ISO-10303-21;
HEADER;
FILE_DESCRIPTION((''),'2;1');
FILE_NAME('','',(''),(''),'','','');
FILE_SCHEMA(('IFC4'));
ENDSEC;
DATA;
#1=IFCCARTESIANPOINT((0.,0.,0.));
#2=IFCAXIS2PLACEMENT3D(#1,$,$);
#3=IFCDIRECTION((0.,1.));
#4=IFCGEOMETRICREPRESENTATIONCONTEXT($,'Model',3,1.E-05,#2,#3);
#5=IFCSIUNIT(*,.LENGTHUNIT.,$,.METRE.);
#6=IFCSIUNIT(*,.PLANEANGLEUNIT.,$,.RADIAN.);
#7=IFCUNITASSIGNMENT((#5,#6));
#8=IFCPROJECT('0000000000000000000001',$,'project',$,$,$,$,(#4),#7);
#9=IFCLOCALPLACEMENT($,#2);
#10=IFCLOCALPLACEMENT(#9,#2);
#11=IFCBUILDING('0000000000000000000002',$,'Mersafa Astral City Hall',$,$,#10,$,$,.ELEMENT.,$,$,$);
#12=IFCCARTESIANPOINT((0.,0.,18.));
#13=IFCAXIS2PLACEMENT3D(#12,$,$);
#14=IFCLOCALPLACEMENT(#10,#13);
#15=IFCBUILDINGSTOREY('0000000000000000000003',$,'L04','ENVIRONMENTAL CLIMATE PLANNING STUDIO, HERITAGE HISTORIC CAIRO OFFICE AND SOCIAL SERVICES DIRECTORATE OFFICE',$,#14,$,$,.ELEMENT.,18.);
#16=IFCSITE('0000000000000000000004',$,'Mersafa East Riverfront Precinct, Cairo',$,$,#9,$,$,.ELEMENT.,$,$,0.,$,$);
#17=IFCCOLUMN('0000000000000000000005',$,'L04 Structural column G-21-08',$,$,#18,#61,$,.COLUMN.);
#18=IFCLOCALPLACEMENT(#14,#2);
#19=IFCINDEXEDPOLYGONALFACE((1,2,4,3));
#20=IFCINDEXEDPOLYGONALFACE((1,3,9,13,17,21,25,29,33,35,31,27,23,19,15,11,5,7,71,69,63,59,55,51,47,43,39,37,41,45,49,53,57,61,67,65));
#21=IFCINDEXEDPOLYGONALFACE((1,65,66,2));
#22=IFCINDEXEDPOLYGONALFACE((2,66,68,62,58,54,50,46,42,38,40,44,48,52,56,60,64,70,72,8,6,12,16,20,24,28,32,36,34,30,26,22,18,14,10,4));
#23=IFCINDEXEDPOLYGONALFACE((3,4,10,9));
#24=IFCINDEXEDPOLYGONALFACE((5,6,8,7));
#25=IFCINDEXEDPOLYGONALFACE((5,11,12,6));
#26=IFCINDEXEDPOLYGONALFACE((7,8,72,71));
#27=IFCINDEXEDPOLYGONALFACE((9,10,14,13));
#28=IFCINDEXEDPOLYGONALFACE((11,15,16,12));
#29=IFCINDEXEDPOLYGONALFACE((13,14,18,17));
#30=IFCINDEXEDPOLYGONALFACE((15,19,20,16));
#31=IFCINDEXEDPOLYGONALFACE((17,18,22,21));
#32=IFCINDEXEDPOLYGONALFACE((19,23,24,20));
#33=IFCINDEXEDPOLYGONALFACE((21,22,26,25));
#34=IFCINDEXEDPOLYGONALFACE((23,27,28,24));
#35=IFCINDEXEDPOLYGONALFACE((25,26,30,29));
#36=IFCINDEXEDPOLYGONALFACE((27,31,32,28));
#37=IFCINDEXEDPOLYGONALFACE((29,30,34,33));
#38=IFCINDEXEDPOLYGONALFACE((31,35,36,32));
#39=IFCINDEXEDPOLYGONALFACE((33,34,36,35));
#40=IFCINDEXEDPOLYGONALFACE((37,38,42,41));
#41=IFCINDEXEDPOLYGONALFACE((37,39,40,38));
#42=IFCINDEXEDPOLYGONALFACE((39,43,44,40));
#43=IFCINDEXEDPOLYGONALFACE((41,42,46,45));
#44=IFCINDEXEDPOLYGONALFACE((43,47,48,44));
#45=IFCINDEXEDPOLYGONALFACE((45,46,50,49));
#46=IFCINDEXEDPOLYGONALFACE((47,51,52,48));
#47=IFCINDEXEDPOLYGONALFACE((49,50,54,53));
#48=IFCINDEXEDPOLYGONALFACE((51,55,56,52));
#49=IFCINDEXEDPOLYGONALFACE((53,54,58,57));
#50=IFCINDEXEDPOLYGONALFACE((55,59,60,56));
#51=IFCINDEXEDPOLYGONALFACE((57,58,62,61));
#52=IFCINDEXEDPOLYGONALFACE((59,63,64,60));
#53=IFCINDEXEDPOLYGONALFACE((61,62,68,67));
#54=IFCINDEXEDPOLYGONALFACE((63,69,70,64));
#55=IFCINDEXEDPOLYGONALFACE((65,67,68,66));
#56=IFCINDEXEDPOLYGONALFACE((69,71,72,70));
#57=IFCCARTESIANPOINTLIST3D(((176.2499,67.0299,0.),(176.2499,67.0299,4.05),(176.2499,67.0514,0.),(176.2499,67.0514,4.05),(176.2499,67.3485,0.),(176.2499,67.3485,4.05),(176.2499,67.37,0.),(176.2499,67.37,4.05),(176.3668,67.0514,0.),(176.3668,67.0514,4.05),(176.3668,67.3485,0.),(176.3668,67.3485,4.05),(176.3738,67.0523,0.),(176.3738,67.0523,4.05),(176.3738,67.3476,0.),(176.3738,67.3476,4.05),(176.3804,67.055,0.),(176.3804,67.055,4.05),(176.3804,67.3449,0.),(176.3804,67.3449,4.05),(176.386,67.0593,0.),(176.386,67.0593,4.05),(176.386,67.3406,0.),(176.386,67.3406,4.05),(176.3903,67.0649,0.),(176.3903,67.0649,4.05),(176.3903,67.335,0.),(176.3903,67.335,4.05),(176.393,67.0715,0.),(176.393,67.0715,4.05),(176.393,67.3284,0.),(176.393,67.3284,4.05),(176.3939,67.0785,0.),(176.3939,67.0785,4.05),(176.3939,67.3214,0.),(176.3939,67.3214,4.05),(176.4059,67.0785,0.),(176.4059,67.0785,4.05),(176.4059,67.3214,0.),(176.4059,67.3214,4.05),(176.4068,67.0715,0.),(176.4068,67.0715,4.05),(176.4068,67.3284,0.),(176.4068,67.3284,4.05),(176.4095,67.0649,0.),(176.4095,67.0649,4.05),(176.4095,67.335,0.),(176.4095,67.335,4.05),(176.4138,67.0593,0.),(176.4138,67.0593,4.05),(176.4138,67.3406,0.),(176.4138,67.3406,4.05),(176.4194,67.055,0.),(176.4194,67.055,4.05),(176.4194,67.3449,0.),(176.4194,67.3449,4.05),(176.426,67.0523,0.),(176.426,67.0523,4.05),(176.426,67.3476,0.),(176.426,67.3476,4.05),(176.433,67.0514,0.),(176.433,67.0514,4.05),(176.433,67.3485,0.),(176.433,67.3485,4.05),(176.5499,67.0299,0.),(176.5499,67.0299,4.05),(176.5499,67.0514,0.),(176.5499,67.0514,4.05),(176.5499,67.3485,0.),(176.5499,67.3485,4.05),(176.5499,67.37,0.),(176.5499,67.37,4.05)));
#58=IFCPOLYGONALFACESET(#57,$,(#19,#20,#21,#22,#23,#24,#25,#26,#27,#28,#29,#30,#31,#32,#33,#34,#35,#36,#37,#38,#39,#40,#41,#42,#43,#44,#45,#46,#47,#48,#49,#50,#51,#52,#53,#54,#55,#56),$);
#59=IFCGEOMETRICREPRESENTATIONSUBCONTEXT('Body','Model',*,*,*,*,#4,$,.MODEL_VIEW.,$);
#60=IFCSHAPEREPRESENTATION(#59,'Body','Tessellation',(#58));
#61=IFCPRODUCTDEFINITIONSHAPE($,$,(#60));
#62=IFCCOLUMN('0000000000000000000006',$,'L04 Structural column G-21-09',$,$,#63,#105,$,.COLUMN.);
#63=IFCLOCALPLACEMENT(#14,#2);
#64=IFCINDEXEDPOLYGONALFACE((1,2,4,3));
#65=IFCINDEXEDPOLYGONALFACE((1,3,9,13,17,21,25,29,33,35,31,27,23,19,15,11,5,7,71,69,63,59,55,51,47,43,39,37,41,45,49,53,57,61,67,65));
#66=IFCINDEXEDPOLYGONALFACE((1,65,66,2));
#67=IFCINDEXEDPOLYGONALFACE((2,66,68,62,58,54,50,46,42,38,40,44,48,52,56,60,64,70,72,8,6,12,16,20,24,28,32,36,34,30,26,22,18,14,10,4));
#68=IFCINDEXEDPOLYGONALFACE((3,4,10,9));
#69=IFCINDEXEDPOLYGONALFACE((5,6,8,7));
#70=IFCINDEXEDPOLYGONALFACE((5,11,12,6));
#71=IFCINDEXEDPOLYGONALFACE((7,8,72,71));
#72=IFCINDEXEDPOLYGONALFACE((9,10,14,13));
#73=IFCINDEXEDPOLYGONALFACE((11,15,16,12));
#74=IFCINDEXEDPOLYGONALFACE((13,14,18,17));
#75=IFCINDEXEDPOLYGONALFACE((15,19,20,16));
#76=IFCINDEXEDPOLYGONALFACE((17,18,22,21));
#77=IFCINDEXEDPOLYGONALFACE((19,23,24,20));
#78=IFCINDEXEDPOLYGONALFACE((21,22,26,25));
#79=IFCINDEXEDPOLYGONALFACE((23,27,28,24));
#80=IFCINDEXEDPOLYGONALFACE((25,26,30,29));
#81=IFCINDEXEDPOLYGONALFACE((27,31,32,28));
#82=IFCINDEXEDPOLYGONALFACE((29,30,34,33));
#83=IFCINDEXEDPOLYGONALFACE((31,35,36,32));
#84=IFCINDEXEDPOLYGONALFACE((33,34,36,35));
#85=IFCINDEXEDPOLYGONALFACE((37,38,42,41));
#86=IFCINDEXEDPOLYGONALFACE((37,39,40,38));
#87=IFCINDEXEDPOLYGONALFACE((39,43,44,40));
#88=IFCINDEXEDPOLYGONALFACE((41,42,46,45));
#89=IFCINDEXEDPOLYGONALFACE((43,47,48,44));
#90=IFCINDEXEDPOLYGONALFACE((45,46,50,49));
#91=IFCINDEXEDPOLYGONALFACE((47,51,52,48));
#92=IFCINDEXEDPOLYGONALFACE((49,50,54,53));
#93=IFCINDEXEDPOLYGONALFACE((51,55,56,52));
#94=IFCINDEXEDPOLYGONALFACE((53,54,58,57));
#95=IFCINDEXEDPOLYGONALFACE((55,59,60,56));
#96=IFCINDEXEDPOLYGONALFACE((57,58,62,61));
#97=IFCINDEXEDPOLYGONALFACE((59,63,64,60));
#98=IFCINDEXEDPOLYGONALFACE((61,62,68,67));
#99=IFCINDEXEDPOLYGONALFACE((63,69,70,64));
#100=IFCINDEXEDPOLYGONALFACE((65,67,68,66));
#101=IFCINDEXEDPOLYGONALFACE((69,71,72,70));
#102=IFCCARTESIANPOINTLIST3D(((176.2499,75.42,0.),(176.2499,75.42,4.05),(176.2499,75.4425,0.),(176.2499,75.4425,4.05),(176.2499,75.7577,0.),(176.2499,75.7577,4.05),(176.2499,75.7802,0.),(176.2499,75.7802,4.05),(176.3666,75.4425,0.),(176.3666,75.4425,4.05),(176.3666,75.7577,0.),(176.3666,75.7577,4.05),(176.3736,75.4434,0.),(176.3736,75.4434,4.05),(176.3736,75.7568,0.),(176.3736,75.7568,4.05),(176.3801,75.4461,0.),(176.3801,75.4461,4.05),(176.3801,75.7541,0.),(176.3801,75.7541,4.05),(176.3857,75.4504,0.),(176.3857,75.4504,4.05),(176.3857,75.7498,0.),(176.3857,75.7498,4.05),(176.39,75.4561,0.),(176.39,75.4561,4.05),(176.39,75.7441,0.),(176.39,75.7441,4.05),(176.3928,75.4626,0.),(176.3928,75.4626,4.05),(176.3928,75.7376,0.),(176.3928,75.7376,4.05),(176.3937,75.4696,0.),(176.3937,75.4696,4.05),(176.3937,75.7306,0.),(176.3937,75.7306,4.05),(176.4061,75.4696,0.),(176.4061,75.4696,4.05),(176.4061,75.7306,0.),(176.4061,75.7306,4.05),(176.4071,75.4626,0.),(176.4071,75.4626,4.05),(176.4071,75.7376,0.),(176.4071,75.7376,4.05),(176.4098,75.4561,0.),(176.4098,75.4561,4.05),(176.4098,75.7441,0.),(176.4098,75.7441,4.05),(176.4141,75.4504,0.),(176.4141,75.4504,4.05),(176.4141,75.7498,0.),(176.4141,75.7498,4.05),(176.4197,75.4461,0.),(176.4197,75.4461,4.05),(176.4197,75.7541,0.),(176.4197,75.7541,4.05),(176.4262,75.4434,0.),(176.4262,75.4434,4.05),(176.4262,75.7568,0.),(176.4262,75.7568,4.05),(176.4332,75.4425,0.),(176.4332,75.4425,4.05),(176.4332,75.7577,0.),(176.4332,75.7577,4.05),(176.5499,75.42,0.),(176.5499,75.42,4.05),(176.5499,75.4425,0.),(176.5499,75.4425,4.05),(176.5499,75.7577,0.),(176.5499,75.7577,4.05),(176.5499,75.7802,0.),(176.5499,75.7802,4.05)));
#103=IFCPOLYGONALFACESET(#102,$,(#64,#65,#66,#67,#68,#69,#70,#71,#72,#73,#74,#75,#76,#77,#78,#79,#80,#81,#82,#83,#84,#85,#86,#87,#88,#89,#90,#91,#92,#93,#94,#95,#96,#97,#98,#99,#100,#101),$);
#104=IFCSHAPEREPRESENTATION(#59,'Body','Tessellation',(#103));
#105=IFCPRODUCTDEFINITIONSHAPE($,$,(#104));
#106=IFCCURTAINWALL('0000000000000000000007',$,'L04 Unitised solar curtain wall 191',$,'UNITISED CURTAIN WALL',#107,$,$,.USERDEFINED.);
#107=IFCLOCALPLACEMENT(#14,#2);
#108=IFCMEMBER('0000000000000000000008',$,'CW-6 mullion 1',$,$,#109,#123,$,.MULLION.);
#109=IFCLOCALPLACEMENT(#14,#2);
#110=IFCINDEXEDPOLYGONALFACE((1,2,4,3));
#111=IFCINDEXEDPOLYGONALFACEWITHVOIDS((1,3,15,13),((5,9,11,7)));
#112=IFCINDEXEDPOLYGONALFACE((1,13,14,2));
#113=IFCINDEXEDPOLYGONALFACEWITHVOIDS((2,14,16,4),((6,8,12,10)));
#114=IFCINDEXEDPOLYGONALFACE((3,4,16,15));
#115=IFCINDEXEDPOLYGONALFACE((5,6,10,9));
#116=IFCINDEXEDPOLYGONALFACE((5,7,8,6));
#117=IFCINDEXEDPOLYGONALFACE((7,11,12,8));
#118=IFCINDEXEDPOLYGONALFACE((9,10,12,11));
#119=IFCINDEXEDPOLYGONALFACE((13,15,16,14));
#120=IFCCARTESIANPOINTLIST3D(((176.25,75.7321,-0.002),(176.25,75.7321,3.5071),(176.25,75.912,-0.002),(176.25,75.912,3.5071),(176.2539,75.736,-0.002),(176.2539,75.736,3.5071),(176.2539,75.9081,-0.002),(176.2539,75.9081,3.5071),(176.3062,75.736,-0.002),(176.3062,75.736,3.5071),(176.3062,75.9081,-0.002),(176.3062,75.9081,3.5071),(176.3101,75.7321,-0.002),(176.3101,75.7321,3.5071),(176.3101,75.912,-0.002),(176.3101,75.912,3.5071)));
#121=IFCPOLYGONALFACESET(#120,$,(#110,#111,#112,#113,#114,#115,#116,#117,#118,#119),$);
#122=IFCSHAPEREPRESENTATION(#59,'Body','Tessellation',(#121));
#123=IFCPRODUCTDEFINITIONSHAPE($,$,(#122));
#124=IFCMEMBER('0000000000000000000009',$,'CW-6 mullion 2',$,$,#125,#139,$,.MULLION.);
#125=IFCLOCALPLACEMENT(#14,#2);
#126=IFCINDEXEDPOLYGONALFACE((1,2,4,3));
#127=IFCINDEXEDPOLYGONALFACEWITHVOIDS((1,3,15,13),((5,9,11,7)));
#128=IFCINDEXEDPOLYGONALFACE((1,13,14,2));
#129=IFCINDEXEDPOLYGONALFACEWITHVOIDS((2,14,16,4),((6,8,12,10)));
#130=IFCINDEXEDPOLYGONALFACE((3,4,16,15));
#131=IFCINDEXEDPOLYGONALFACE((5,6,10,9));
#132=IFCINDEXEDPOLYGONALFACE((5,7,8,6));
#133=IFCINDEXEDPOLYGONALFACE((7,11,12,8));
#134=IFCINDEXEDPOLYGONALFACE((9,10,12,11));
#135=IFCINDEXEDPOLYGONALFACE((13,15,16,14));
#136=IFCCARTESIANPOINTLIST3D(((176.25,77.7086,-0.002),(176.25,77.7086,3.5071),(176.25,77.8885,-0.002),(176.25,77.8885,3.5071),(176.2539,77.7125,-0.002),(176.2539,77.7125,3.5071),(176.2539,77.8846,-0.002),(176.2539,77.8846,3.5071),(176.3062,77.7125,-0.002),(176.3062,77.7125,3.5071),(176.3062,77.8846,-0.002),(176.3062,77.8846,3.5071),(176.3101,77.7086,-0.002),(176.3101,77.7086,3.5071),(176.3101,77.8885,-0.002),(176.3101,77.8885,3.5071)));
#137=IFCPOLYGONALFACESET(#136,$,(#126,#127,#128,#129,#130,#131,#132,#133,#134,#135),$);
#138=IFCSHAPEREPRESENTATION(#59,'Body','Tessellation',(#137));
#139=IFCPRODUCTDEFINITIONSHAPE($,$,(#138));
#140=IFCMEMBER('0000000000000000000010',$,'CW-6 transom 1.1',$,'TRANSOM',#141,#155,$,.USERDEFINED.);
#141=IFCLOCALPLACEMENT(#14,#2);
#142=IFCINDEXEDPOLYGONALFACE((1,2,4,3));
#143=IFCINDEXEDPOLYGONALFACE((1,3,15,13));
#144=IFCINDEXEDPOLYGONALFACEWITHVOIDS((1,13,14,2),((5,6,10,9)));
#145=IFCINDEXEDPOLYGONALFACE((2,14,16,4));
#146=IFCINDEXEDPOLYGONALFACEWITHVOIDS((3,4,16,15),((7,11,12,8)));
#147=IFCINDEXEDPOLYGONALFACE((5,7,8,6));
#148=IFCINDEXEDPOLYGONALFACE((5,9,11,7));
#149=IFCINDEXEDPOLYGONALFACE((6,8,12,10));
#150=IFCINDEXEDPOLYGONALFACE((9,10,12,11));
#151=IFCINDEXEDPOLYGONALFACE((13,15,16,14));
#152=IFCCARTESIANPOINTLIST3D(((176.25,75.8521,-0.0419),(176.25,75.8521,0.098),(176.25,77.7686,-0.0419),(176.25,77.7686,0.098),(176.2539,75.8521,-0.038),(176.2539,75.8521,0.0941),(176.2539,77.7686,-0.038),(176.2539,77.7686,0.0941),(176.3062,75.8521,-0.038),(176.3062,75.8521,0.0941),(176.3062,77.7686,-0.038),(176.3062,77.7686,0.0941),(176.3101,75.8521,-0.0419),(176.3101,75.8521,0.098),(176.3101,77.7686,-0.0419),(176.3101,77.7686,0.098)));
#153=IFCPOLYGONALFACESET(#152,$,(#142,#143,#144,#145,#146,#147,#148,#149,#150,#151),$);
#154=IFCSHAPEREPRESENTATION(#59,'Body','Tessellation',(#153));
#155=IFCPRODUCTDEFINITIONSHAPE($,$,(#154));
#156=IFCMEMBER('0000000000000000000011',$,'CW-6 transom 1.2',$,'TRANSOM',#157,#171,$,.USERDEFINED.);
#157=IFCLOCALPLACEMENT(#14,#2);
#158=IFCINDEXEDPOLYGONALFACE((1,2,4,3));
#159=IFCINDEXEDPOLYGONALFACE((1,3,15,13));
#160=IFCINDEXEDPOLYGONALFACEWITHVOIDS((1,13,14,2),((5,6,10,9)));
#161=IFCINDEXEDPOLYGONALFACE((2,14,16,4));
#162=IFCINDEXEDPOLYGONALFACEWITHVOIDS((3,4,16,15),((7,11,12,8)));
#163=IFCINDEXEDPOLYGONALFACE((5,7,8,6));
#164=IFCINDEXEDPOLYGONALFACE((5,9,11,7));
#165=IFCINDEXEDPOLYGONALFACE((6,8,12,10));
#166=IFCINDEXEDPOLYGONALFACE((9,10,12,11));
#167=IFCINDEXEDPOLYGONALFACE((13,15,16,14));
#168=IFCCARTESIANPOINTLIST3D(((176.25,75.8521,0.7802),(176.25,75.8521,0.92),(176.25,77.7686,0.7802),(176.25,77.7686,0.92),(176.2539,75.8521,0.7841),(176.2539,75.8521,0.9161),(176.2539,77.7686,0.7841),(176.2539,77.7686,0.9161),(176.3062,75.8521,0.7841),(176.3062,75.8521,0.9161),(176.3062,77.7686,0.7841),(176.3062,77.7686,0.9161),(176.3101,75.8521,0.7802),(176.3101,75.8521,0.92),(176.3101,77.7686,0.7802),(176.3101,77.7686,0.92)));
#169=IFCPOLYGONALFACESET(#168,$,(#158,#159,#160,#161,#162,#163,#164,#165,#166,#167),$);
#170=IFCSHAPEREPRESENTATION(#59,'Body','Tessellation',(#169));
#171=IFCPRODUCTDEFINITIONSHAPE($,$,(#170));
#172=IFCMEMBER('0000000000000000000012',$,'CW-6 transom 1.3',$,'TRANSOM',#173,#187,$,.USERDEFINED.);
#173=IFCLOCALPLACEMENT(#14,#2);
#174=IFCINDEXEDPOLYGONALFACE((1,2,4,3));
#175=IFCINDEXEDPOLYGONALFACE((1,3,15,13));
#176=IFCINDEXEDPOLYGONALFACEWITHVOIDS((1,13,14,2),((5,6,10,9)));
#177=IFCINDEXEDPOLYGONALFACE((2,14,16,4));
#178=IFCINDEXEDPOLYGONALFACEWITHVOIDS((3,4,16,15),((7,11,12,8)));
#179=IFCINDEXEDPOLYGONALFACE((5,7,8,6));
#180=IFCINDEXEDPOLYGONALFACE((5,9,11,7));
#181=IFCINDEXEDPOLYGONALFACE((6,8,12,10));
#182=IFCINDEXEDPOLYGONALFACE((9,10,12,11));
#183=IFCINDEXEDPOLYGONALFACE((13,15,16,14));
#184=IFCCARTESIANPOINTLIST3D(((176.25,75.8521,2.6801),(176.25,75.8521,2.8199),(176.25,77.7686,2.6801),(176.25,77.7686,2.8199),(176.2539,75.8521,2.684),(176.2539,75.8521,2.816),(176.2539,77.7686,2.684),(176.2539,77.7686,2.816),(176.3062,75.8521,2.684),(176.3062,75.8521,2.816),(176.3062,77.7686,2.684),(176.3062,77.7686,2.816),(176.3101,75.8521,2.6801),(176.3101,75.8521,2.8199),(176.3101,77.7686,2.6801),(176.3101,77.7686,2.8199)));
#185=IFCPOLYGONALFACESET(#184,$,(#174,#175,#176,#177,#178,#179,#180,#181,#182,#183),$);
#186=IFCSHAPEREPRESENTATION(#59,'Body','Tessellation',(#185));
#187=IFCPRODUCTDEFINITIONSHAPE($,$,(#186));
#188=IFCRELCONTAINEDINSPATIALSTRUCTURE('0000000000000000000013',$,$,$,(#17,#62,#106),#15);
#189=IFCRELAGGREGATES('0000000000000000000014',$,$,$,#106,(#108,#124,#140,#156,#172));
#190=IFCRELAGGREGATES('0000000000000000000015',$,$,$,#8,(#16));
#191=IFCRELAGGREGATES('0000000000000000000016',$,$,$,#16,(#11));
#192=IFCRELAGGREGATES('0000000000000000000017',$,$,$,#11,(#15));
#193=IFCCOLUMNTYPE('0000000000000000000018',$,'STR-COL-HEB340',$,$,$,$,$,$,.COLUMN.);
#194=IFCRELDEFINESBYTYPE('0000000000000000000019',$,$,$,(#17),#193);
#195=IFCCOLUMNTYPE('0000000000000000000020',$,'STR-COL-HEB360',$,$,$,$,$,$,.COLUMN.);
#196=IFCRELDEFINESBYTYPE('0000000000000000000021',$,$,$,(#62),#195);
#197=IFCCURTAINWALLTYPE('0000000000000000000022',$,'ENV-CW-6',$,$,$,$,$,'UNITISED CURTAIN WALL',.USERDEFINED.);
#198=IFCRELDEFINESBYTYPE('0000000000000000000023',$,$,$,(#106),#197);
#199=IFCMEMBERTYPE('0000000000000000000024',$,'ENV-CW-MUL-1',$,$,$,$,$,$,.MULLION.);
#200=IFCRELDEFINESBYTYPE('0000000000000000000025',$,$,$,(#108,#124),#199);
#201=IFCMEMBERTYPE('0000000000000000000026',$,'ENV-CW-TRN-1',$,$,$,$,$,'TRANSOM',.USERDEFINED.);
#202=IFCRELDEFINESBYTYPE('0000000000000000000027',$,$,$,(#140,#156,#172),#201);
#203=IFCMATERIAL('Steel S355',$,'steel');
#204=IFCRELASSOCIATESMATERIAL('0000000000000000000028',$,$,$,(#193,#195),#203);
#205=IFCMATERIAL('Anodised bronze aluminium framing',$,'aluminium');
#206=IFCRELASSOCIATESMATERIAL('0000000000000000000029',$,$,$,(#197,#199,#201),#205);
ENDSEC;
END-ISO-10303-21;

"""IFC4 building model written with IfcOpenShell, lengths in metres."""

from ifc_helpers import new_model, si_unit, direction, frame, origin, origin_2d, place, context, subcontext, project, spatial, hollow_rectangle, i_section, extrude, material, material_profile, profile_set, type_object, element, aggregate, save


model = new_model("IFC4")

# Units and contexts
model_context = context("Model", 3, precision=1e-05, world=origin(), true_north=direction((0.0, 1.0)))
body_context = subcontext(model_context, "Body", "Model", "MODEL_VIEW")
ifc_project = project(units=[si_unit("LENGTHUNIT", "METRE"), si_unit("PLANEANGLEUNIT", "RADIAN")], contexts=[model_context])

# Site, building, storey
site_placement = place(None, origin())
site = spatial("IfcSite", under=ifc_project, at=site_placement, Name="Mersafa East Riverfront Precinct, Cairo", CompositionType="ELEMENT", RefElevation=0.0)
building_placement = place(site_placement, origin())
building = spatial("IfcBuilding", under=site, at=building_placement, Name="Mersafa Astral City Hall", CompositionType="ELEMENT")
storey_placement = place(building_placement, frame((0.0, 0.0, 18.0)))
storey = spatial("IfcBuildingStorey", under=building, at=storey_placement, Name="L04", Description="ENVIRONMENTAL CLIMATE PLANNING STUDIO, HERITAGE HISTORIC CAIRO OFFICE AND SOCIAL SERVICES DIRECTORATE OFFICE", CompositionType="ELEMENT", Elevation=18.0)

# Columns
ifc_material_1 = material(Name="Steel S355", Category="steel")
ifc_material_profile_1 = material_profile(ifc_material_1, i_section(OverallWidth=0.3, OverallDepth=0.3401, WebThickness=0.012, FlangeThickness=0.0215, FilletRadius=0.0271, at=origin_2d()), Name="HEB 340")
ifc_profile_set_1 = profile_set([ifc_material_profile_1], Name="Steel S355")
column_type_1 = type_object("IfcColumnType", Name="STR-COL-HEB340", PredefinedType="COLUMN", material=ifc_profile_set_1)
column_1_placement = place(storey_placement, frame((176.3999, 67.2, 0.0), z_axis=(0.0, 0.0, 1.0), x_axis=(1.0, 0.0, 0.0)))
element("IfcColumn", 1, at=column_1_placement, inside=storey, type_object=column_type_1, Name="L04 Structural column G-21-08", PredefinedType="COLUMN", context=body_context, shape_type="SweptSolid", body=[
    extrude(i_section(OverallWidth=0.3, OverallDepth=0.3401, WebThickness=0.012, FlangeThickness=0.0215, FilletRadius=0.0271, at=origin_2d()), origin(), (0.0, 0.0, 1.0), 4.05),
])
ifc_material_profile_2 = material_profile(ifc_material_1, i_section(OverallWidth=0.3, OverallDepth=0.3601, WebThickness=0.0125, FlangeThickness=0.0225, FilletRadius=0.0271, at=origin_2d()), Name="HEB 360")
ifc_profile_set_2 = profile_set([ifc_material_profile_2], Name="Steel S355")
column_type_2 = type_object("IfcColumnType", Name="STR-COL-HEB360", PredefinedType="COLUMN", material=ifc_profile_set_2)
column_2_placement = place(storey_placement, frame((176.3999, 75.6001, 0.0), z_axis=(0.0, 0.0, 1.0), x_axis=(1.0, 0.0, 0.0)))
element("IfcColumn", 2, at=column_2_placement, inside=storey, type_object=column_type_2, Name="L04 Structural column G-21-09", PredefinedType="COLUMN", context=body_context, shape_type="SweptSolid", body=[
    extrude(i_section(OverallWidth=0.3, OverallDepth=0.3601, WebThickness=0.0125, FlangeThickness=0.0225, FilletRadius=0.0271, at=origin_2d()), origin(), (0.0, 0.0, 1.0), 4.05),
])

# Curtain wall, members
ifc_material_2 = material(Name="Anodised bronze aluminium framing", Category="aluminium")
curtain_wall_type = type_object("IfcCurtainWallType", Name="ENV-CW-6", ElementType="UNITISED CURTAIN WALL", PredefinedType="USERDEFINED", material=ifc_material_2)
curtain_wall_placement = place(storey_placement, origin())
curtain_wall = element("IfcCurtainWall", 3, at=curtain_wall_placement, inside=storey, type_object=curtain_wall_type, Name="L04 Unitised solar curtain wall 191", ObjectType="UNITISED CURTAIN WALL", PredefinedType="USERDEFINED")
ifc_material_profile_3 = material_profile(ifc_material_2, hollow_rectangle(XDim=0.0601, YDim=0.1799, WallThickness=0.0039, at=origin_2d()), Name="RHS 60x180x4")
ifc_profile_set_3 = profile_set([ifc_material_profile_3], Name="Anodised bronze aluminium framing")
member_type_1 = type_object("IfcMemberType", Name="ENV-CW-MUL-1", PredefinedType="MULLION", material=ifc_profile_set_3)
member_1_placement = place(storey_placement, frame((176.28, 75.822, -0.002), z_axis=(0.0, 0.0, 1.0), x_axis=(-1.0, 0.0, 0.0)))
member_1 = element("IfcMember", 4, at=member_1_placement, type_object=member_type_1, Name="CW-6 mullion 1", PredefinedType="MULLION", context=body_context, shape_type="SweptSolid", body=[
    extrude(hollow_rectangle(XDim=0.0601, YDim=0.1799, WallThickness=0.0039, at=origin_2d()), origin(), (0.0, 0.0, 1.0), 3.509),
])
member_2_placement = place(storey_placement, frame((176.28, 77.7986, -0.002), z_axis=(0.0, 0.0, 1.0), x_axis=(-1.0, 0.0, 0.0)))
member_2 = element("IfcMember", 5, at=member_2_placement, type_object=member_type_1, Name="CW-6 mullion 2", PredefinedType="MULLION", context=body_context, shape_type="SweptSolid", body=[
    extrude(hollow_rectangle(XDim=0.0601, YDim=0.1799, WallThickness=0.0039, at=origin_2d()), origin(), (0.0, 0.0, 1.0), 3.509),
])
ifc_material_profile_4 = material_profile(ifc_material_2, hollow_rectangle(XDim=0.0601, YDim=0.1399, WallThickness=0.0039, at=origin_2d()), Name="RHS 60x140x4")
ifc_profile_set_4 = profile_set([ifc_material_profile_4], Name="Anodised bronze aluminium framing")
member_type_2 = type_object("IfcMemberType", Name="ENV-CW-TRN-1", ElementType="TRANSOM", PredefinedType="USERDEFINED", material=ifc_profile_set_4)
member_3_placement = place(storey_placement, frame((176.28, 75.8521, 0.0281), z_axis=(0.0, 1.0, 0.0), x_axis=(-1.0, 0.0, 0.0)))
member_3 = element("IfcMember", 6, at=member_3_placement, type_object=member_type_2, Name="CW-6 transom 1.1", ObjectType="TRANSOM", PredefinedType="USERDEFINED", context=body_context, shape_type="SweptSolid", body=[
    extrude(hollow_rectangle(XDim=0.0601, YDim=0.1399, WallThickness=0.0039, at=origin_2d()), origin(), (0.0, 0.0, 1.0), 1.9165),
])
member_4_placement = place(storey_placement, frame((176.28, 75.8521, 0.8501), z_axis=(0.0, 1.0, 0.0), x_axis=(-1.0, 0.0, 0.0)))
member_4 = element("IfcMember", 7, at=member_4_placement, type_object=member_type_2, Name="CW-6 transom 1.2", ObjectType="TRANSOM", PredefinedType="USERDEFINED", context=body_context, shape_type="SweptSolid", body=[
    extrude(hollow_rectangle(XDim=0.0601, YDim=0.1399, WallThickness=0.0039, at=origin_2d()), origin(), (0.0, 0.0, 1.0), 1.9165),
])
member_5_placement = place(storey_placement, frame((176.28, 75.8521, 2.75), z_axis=(0.0, 1.0, 0.0), x_axis=(-1.0, 0.0, 0.0)))
member_5 = element("IfcMember", 8, at=member_5_placement, type_object=member_type_2, Name="CW-6 transom 1.3", ObjectType="TRANSOM", PredefinedType="USERDEFINED", context=body_context, shape_type="SweptSolid", body=[
    extrude(hollow_rectangle(XDim=0.0601, YDim=0.1399, WallThickness=0.0039, at=origin_2d()), origin(), (0.0, 0.0, 1.0), 1.9165),
])

aggregate(curtain_wall, [member_1, member_2, member_3, member_4, member_5])

save(model, "model.ifc")
